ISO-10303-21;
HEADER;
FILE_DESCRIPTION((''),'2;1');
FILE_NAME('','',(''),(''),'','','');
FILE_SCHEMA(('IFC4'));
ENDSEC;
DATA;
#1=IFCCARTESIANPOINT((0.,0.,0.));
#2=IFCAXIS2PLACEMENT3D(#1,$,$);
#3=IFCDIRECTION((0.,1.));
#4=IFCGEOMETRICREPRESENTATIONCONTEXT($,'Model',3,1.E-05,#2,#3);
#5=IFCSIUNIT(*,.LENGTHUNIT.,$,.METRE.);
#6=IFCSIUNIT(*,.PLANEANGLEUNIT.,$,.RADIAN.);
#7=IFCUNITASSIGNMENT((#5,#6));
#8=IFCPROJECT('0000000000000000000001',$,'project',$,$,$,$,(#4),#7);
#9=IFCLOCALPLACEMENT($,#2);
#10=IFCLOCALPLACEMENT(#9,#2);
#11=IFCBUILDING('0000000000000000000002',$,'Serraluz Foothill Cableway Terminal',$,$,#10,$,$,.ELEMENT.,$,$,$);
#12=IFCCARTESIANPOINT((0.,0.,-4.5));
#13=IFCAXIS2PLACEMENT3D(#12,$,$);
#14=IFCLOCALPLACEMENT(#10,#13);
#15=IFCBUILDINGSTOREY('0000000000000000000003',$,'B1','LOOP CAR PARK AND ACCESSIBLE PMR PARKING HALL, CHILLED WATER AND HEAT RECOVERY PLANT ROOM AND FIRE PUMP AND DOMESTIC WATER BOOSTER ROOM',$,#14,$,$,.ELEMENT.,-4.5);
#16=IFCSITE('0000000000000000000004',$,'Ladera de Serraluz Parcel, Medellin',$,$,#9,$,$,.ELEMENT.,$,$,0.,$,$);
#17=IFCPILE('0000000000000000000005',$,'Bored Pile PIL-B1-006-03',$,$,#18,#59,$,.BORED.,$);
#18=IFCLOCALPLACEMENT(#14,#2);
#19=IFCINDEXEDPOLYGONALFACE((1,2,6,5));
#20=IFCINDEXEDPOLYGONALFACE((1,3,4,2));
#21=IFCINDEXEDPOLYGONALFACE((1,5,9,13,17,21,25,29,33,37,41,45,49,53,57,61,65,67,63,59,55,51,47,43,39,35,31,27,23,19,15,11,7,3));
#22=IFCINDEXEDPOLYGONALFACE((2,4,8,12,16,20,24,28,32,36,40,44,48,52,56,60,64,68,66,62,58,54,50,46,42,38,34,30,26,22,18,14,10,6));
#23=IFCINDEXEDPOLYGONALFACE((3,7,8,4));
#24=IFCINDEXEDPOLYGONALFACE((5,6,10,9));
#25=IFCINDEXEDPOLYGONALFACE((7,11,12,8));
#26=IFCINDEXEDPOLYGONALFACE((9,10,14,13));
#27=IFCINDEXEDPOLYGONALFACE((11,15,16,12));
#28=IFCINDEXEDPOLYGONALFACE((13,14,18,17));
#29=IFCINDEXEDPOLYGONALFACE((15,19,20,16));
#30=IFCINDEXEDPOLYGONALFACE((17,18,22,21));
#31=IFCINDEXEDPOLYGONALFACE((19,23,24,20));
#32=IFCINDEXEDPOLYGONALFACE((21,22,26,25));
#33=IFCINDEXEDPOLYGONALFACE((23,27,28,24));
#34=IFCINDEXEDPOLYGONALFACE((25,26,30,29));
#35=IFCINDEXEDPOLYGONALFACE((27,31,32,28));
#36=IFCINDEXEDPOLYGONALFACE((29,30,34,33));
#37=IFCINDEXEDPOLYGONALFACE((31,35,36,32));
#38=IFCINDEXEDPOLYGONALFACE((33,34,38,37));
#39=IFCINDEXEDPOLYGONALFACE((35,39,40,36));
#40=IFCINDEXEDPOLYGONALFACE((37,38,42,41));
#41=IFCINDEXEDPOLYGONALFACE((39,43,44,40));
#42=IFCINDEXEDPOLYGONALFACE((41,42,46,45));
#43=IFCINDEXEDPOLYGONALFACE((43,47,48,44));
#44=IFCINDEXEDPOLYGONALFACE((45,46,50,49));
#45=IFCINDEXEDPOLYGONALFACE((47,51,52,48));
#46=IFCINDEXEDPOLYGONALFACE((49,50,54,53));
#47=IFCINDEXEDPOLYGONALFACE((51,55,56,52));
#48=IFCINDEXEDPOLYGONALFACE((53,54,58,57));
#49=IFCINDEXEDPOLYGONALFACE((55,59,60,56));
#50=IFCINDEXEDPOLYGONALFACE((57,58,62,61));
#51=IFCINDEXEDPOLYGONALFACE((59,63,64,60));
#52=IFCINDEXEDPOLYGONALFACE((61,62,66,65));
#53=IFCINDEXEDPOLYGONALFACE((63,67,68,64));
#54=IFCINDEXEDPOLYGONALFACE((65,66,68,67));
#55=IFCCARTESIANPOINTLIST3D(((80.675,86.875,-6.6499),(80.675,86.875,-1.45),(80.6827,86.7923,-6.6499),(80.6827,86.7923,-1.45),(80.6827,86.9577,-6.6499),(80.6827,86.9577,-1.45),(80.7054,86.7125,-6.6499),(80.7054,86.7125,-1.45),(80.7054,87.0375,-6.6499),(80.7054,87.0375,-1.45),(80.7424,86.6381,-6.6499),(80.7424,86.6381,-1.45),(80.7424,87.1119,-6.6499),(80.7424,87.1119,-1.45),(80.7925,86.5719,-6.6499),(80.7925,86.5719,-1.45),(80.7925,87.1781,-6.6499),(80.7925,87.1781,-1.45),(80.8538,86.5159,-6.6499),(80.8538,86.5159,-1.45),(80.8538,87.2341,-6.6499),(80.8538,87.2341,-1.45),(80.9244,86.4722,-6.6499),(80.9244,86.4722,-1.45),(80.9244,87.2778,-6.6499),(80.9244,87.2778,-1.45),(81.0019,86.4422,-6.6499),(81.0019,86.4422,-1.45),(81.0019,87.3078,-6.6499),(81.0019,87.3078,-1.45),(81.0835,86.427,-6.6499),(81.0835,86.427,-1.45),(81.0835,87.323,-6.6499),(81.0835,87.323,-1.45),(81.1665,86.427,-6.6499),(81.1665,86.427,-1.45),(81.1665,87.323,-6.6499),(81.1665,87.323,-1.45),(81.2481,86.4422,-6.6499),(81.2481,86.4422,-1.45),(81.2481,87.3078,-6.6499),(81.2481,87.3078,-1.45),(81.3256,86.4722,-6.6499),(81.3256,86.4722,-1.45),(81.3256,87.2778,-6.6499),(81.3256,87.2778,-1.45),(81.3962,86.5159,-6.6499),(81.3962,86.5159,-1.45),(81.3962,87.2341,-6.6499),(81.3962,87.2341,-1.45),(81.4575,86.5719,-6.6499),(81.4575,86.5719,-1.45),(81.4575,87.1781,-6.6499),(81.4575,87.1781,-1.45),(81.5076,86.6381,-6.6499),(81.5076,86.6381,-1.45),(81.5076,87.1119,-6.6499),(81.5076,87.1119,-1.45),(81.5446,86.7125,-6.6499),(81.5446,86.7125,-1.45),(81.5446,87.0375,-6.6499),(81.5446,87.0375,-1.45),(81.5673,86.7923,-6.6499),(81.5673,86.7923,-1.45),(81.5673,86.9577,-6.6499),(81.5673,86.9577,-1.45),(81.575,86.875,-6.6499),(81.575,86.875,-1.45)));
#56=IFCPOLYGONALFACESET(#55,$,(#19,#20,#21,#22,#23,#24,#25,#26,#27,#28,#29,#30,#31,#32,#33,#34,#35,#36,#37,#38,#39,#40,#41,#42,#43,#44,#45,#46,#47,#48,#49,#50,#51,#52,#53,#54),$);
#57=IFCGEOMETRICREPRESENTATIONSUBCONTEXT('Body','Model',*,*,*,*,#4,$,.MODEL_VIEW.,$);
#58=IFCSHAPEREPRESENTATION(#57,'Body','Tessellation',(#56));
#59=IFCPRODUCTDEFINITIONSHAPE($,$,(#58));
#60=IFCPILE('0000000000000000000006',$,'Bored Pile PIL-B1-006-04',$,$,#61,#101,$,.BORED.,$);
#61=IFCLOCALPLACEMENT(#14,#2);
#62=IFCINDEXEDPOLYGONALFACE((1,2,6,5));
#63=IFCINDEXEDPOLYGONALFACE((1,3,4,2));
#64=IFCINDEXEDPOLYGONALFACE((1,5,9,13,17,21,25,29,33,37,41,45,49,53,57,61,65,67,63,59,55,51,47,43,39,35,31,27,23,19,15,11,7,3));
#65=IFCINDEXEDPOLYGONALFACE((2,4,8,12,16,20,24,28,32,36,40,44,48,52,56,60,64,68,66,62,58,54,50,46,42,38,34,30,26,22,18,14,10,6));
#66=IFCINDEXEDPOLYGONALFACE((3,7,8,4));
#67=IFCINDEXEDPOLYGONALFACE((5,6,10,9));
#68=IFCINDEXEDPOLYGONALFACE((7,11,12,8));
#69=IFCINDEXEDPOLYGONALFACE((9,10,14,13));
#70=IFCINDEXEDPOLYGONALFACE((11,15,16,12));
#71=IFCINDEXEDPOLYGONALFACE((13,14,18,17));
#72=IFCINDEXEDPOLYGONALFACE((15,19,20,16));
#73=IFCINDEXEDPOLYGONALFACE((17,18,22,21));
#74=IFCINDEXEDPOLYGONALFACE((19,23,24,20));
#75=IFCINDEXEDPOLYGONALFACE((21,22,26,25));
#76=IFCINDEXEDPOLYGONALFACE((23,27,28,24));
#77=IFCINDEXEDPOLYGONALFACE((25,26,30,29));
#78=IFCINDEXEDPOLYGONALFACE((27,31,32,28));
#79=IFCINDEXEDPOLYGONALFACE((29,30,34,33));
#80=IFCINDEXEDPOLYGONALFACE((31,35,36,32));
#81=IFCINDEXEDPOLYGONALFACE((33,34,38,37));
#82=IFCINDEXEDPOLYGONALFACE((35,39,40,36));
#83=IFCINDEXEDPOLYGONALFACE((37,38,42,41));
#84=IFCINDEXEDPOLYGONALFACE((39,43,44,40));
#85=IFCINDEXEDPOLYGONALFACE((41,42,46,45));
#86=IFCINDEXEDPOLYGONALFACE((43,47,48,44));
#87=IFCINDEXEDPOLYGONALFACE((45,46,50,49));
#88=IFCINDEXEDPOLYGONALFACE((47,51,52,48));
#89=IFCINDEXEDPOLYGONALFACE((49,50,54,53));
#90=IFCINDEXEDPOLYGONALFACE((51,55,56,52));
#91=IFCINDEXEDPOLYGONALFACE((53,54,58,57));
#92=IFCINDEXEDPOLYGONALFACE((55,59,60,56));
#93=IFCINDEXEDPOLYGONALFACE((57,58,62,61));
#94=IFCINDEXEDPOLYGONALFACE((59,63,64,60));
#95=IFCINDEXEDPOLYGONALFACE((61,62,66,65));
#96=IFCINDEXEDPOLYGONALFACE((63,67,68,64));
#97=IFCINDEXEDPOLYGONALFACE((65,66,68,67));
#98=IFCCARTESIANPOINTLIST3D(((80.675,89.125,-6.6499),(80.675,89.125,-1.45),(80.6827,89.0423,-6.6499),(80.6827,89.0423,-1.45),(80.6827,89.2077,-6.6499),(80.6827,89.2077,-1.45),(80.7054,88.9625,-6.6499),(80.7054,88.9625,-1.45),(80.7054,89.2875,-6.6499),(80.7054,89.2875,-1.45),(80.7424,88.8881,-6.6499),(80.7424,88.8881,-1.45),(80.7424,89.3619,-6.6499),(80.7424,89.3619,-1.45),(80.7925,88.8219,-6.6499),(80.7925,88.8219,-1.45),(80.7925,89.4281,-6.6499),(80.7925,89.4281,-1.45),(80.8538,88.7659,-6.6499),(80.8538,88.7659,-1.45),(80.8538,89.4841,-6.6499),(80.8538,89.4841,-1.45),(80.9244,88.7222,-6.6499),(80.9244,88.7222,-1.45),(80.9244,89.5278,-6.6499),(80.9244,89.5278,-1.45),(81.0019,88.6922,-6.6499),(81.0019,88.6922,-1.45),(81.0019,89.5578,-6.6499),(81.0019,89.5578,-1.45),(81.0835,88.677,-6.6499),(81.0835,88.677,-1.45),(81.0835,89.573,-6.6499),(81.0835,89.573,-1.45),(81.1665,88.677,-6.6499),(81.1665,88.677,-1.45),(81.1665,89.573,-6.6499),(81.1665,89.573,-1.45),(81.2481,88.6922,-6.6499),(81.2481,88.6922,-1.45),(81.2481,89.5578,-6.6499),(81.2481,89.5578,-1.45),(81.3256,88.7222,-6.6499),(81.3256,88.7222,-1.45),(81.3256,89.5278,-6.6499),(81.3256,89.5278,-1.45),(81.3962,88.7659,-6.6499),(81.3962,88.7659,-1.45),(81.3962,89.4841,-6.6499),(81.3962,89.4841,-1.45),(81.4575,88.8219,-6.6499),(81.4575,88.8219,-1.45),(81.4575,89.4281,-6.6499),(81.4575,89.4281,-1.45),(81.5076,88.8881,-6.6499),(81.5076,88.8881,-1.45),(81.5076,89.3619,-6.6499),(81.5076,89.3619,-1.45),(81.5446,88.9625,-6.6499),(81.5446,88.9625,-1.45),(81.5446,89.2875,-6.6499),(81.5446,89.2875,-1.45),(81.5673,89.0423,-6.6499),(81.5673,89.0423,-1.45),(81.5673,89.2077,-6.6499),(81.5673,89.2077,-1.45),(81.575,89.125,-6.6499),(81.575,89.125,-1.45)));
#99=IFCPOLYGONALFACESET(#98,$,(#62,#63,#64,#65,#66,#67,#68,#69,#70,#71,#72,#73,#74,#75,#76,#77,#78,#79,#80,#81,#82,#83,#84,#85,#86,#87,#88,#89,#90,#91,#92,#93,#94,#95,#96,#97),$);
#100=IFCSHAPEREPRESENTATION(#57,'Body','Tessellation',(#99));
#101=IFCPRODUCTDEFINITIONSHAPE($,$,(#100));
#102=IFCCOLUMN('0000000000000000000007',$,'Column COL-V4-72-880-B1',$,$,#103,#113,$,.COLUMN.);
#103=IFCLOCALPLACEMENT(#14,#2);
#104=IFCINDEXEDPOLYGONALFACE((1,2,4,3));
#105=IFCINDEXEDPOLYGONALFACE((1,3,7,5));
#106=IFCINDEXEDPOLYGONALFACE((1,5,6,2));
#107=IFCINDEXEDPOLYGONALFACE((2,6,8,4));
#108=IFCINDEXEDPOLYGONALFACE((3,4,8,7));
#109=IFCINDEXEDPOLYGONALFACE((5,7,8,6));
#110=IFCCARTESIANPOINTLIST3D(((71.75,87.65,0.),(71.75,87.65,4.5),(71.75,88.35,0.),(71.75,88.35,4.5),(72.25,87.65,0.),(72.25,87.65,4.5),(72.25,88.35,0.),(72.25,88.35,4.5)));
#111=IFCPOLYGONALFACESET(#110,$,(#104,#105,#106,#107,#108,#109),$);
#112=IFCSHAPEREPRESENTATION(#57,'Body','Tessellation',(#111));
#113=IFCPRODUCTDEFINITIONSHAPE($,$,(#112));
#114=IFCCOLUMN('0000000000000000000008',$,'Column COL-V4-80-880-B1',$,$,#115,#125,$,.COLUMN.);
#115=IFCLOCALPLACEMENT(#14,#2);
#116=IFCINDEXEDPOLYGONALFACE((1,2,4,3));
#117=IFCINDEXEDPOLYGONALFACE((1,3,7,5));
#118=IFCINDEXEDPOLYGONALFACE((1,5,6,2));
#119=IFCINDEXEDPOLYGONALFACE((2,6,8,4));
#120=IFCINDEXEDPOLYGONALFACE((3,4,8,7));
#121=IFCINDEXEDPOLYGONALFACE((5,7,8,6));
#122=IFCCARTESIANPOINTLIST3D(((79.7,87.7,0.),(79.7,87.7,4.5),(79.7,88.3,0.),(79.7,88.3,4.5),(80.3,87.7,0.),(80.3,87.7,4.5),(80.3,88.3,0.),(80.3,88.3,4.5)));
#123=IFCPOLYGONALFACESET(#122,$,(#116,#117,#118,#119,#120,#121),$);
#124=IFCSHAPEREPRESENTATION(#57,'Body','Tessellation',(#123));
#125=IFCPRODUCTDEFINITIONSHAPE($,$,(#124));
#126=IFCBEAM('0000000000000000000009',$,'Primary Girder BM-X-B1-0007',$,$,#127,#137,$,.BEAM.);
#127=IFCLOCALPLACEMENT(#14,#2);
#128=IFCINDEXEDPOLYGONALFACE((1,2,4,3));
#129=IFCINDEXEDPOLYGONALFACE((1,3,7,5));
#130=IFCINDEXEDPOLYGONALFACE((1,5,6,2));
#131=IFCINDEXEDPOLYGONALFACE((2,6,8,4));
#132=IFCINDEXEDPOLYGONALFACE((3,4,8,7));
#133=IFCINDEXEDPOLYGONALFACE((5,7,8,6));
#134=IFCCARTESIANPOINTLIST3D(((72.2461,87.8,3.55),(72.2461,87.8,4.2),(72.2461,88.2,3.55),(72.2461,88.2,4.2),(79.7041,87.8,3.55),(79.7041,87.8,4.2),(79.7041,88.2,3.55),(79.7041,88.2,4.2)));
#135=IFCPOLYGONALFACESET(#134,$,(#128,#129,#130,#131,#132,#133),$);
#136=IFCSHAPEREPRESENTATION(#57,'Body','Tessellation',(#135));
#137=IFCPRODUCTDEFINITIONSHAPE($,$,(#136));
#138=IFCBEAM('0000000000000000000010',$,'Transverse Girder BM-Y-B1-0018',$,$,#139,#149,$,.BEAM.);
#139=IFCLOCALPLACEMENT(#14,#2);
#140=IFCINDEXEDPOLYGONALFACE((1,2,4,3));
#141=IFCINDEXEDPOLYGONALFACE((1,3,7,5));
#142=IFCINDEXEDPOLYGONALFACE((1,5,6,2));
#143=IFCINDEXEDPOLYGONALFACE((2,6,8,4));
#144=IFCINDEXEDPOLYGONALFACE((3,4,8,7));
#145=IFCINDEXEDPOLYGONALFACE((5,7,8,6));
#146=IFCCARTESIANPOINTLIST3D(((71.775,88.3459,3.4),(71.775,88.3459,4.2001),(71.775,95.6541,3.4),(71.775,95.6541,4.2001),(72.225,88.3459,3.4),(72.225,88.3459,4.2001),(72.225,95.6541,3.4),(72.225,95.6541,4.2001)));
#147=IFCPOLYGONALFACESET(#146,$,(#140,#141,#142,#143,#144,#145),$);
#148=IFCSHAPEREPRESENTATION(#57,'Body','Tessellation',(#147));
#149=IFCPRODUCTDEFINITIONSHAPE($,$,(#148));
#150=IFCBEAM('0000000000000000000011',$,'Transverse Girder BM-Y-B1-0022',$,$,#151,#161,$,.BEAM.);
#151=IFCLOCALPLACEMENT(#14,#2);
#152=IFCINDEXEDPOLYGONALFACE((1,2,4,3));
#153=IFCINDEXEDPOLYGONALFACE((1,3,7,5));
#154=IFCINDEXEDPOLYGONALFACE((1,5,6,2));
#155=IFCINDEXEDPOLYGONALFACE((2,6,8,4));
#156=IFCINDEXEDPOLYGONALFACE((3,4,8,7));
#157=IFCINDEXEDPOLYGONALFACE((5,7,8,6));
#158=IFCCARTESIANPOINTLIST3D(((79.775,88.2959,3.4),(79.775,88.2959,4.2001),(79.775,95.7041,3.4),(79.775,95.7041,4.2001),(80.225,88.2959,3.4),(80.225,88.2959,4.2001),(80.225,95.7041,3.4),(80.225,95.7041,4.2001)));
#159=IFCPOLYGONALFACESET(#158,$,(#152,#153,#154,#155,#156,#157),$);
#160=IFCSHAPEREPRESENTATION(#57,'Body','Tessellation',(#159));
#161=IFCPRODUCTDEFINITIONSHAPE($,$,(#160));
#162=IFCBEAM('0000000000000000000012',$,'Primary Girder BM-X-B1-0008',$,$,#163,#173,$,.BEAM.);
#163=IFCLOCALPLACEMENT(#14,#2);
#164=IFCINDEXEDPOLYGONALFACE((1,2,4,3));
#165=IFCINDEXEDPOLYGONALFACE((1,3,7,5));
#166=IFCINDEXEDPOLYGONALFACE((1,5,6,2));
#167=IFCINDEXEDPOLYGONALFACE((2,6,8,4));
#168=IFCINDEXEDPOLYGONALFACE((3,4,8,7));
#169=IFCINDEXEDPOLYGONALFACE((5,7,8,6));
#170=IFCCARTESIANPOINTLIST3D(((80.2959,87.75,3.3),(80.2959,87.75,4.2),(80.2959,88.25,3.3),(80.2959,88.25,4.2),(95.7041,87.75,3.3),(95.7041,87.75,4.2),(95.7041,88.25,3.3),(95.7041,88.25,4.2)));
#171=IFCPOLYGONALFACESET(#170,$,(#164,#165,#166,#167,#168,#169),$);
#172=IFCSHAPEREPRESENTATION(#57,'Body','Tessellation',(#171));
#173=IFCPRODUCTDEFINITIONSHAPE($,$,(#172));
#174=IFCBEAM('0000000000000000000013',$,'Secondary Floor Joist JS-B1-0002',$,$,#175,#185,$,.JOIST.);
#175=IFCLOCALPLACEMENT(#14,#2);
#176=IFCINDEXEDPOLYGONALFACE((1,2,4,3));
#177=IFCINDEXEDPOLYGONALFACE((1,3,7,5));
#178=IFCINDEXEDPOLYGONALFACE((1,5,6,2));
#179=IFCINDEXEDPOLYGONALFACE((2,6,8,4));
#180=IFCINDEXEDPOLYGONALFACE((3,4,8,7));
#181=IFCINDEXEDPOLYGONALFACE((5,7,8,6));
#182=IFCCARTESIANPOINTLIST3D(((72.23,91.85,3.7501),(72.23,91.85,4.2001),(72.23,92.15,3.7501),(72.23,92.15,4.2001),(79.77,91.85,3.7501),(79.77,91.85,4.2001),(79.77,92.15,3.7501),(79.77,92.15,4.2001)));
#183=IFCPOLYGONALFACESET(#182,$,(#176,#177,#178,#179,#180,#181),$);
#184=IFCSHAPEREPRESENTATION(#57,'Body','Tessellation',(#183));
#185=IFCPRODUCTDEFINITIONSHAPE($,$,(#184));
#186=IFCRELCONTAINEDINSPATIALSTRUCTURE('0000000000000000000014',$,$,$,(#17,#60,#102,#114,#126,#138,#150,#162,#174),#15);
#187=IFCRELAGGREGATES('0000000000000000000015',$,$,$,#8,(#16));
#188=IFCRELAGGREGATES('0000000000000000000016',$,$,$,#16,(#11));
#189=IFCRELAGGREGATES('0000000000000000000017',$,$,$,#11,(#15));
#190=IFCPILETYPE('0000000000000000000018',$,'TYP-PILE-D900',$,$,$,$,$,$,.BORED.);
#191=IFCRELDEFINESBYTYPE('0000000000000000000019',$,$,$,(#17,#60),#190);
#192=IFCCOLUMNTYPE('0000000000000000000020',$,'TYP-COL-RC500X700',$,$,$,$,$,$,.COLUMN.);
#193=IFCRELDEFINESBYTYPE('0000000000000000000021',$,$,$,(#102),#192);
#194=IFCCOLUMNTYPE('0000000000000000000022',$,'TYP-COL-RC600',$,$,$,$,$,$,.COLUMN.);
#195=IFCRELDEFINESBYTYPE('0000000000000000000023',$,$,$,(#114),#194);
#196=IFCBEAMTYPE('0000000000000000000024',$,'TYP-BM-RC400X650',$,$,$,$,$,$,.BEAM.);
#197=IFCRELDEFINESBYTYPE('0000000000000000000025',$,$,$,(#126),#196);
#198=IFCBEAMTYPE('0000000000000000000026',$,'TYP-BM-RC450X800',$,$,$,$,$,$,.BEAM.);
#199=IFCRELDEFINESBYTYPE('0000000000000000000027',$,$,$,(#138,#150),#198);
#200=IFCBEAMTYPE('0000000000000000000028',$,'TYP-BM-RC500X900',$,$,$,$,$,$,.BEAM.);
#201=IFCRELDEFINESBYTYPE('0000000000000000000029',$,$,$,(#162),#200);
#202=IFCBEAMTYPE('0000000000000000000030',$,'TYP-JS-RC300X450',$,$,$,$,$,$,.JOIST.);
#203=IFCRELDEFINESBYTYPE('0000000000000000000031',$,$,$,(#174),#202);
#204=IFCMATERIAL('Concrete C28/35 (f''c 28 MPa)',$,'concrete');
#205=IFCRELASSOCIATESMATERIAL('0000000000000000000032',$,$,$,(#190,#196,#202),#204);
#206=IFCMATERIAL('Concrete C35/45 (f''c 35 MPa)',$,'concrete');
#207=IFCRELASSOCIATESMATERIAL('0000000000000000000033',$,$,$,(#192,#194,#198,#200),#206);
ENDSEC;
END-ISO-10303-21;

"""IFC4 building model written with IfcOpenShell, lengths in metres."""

from ifc_helpers import new_model, si_unit, direction, frame, origin, origin_2d, place, context, subcontext, project, spatial, rectangle, circle, extrude, material, material_profile, profile_set, type_object, element, save


model = new_model("IFC4")

# Units and contexts
model_context = context("Model", 3, precision=1e-05, world=origin(), true_north=direction((0.0, 1.0)))
body_context = subcontext(model_context, "Body", "Model", "MODEL_VIEW")
ifc_project = project(units=[si_unit("LENGTHUNIT", "METRE"), si_unit("PLANEANGLEUNIT", "RADIAN")], contexts=[model_context])

# Site, building, storey
site_placement = place(None, origin())
site = spatial("IfcSite", under=ifc_project, at=site_placement, Name="Ladera de Serraluz Parcel, Medellin", CompositionType="ELEMENT", RefElevation=0.0)
building_placement = place(site_placement, origin())
building = spatial("IfcBuilding", under=site, at=building_placement, Name="Serraluz Foothill Cableway Terminal", CompositionType="ELEMENT")
storey_placement = place(building_placement, frame((0.0, 0.0, -4.5)))
storey = spatial("IfcBuildingStorey", under=building, at=storey_placement, Name="B1", Description="LOOP CAR PARK AND ACCESSIBLE PMR PARKING HALL, CHILLED WATER AND HEAT RECOVERY PLANT ROOM AND FIRE PUMP AND DOMESTIC WATER BOOSTER ROOM", CompositionType="ELEMENT", Elevation=-4.5)

# Shared definitions
ifc_material_1 = material(Name="Concrete C35/45 (f'c 35 MPa)", Category="concrete")

# Piles
ifc_material_2 = material(Name="Concrete C28/35 (f'c 28 MPa)", Category="concrete")
ifc_material_profile_1 = material_profile(ifc_material_2, circle(Radius=0.45, at=origin_2d()), Name="BORED PILE D900")
ifc_profile_set_1 = profile_set([ifc_material_profile_1], Name="Concrete C28/35 (f'c 28 MPa)")
pile_type = type_object("IfcPileType", Name="TYP-PILE-D900", PredefinedType="BORED", material=ifc_profile_set_1)
for number, where, z_axis, x_axis, name in (
    (1, (81.125, 86.875, -1.45), (0.0, 0.0, -1.0), (1.0, 0.0, 0.0), "Bored Pile PIL-B1-006-03"),
    (2, (81.125, 89.125, -1.45), (0.0, 0.0, -1.0), (1.0, 0.0, 0.0), "Bored Pile PIL-B1-006-04"),
):
    element("IfcPile", number, at=place(storey_placement, frame(where, z_axis=z_axis, x_axis=x_axis)), inside=storey, type_object=pile_type, Name=name, PredefinedType="BORED", context=body_context, shape_type="SweptSolid", body=[
        extrude(circle(Radius=0.45, at=origin_2d()), origin(), (0.0, 0.0, 1.0), 5.2),
    ])

# Columns
ifc_material_profile_2 = material_profile(ifc_material_1, rectangle(XDim=0.5, YDim=0.7, at=origin_2d()), Name="RC 500x700")
ifc_profile_set_2 = profile_set([ifc_material_profile_2], Name="Concrete C35/45 (f'c 35 MPa)")
column_type_1 = type_object("IfcColumnType", Name="TYP-COL-RC500X700", PredefinedType="COLUMN", material=ifc_profile_set_2)
column_1_placement = place(storey_placement, frame((72.0, 88.0, 0.0), z_axis=(0.0, 0.0, 1.0), x_axis=(1.0, 0.0, 0.0)))
element("IfcColumn", 3, at=column_1_placement, inside=storey, type_object=column_type_1, Name="Column COL-V4-72-880-B1", PredefinedType="COLUMN", context=body_context, shape_type="SweptSolid", body=[
    extrude(rectangle(XDim=0.5, YDim=0.7, at=origin_2d()), origin(), (0.0, 0.0, 1.0), 4.5),
])
ifc_material_profile_3 = material_profile(ifc_material_1, rectangle(XDim=0.6001, YDim=0.6001, at=origin_2d()), Name="RC 600x600")
ifc_profile_set_3 = profile_set([ifc_material_profile_3], Name="Concrete C35/45 (f'c 35 MPa)")
column_type_2 = type_object("IfcColumnType", Name="TYP-COL-RC600", PredefinedType="COLUMN", material=ifc_profile_set_3)
column_2_placement = place(storey_placement, frame((80.0, 88.0, 0.0), z_axis=(0.0, 0.0, 1.0), x_axis=(1.0, 0.0, 0.0)))
element("IfcColumn", 4, at=column_2_placement, inside=storey, type_object=column_type_2, Name="Column COL-V4-80-880-B1", PredefinedType="COLUMN", context=body_context, shape_type="SweptSolid", body=[
    extrude(rectangle(XDim=0.6001, YDim=0.6001, at=origin_2d()), origin(), (0.0, 0.0, 1.0), 4.5),
])

# Beams
ifc_material_profile_4 = material_profile(ifc_material_2, rectangle(XDim=0.3999, YDim=0.6499, at=origin_2d()), Name="RC 400x650")
ifc_profile_set_4 = profile_set([ifc_material_profile_4], Name="Concrete C28/35 (f'c 28 MPa)")
beam_type_1 = type_object("IfcBeamType", Name="TYP-BM-RC400X650", PredefinedType="BEAM", material=ifc_profile_set_4)
beam_1_placement = place(storey_placement, frame((72.2461, 88.0, 3.875), z_axis=(1.0, 0.0, 0.0), x_axis=(0.0, 1.0, 0.0)))
element("IfcBeam", 5, at=beam_1_placement, inside=storey, type_object=beam_type_1, Name="Primary Girder BM-X-B1-0007", PredefinedType="BEAM", context=body_context, shape_type="SweptSolid", body=[
    extrude(rectangle(XDim=0.3999, YDim=0.6499, at=origin_2d()), origin(), (0.0, 0.0, 1.0), 7.458),
])
ifc_material_profile_5 = material_profile(ifc_material_1, rectangle(XDim=0.45, YDim=0.8, at=origin_2d()), Name="RC 450x800")
ifc_profile_set_5 = profile_set([ifc_material_profile_5], Name="Concrete C35/45 (f'c 35 MPa)")
beam_type_2 = type_object("IfcBeamType", Name="TYP-BM-RC450X800", PredefinedType="BEAM", material=ifc_profile_set_5)
beam_2_placement = place(storey_placement, frame((72.0, 88.3459, 3.8), z_axis=(0.0, 1.0, 0.0), x_axis=(-1.0, 0.0, 0.0)))
element("IfcBeam", 6, at=beam_2_placement, inside=storey, type_object=beam_type_2, Name="Transverse Girder BM-Y-B1-0018", PredefinedType="BEAM", context=body_context, shape_type="SweptSolid", body=[
    extrude(rectangle(XDim=0.45, YDim=0.8, at=origin_2d()), origin(), (0.0, 0.0, 1.0), 7.3081),
])
beam_3_placement = place(storey_placement, frame((80.0, 88.2959, 3.8), z_axis=(0.0, 1.0, 0.0), x_axis=(-1.0, 0.0, 0.0)))
element("IfcBeam", 7, at=beam_3_placement, inside=storey, type_object=beam_type_2, Name="Transverse Girder BM-Y-B1-0022", PredefinedType="BEAM", context=body_context, shape_type="SweptSolid", body=[
    extrude(rectangle(XDim=0.45, YDim=0.8, at=origin_2d()), origin(), (0.0, 0.0, 1.0), 7.4082),
])
ifc_material_profile_6 = material_profile(ifc_material_1, rectangle(XDim=0.5, YDim=0.8999, at=origin_2d()), Name="RC 500x900")
ifc_profile_set_6 = profile_set([ifc_material_profile_6], Name="Concrete C35/45 (f'c 35 MPa)")
beam_type_3 = type_object("IfcBeamType", Name="TYP-BM-RC500X900", PredefinedType="BEAM", material=ifc_profile_set_6)
beam_4_placement = place(storey_placement, frame((80.2959, 88.0, 3.75), z_axis=(1.0, 0.0, 0.0), x_axis=(0.0, 1.0, 0.0)))
element("IfcBeam", 8, at=beam_4_placement, inside=storey, type_object=beam_type_3, Name="Primary Girder BM-X-B1-0008", PredefinedType="BEAM", context=body_context, shape_type="SweptSolid", body=[
    extrude(rectangle(XDim=0.5, YDim=0.8999, at=origin_2d()), origin(), (0.0, 0.0, 1.0), 15.4082),
])
ifc_material_profile_7 = material_profile(ifc_material_2, rectangle(XDim=0.3, YDim=0.45, at=origin_2d()), Name="RC 300x450")
ifc_profile_set_7 = profile_set([ifc_material_profile_7], Name="Concrete C28/35 (f'c 28 MPa)")
beam_type_4 = type_object("IfcBeamType", Name="TYP-JS-RC300X450", PredefinedType="JOIST", material=ifc_profile_set_7)
beam_5_placement = place(storey_placement, frame((72.23, 92.0, 3.9751), z_axis=(1.0, 0.0, 0.0), x_axis=(0.0, 1.0, 0.0)))
element("IfcBeam", 9, at=beam_5_placement, inside=storey, type_object=beam_type_4, Name="Secondary Floor Joist JS-B1-0002", PredefinedType="JOIST", context=body_context, shape_type="SweptSolid", body=[
    extrude(rectangle(XDim=0.3, YDim=0.45, at=origin_2d()), origin(), (0.0, 0.0, 1.0), 7.54),
])

save(model, "model.ifc")
